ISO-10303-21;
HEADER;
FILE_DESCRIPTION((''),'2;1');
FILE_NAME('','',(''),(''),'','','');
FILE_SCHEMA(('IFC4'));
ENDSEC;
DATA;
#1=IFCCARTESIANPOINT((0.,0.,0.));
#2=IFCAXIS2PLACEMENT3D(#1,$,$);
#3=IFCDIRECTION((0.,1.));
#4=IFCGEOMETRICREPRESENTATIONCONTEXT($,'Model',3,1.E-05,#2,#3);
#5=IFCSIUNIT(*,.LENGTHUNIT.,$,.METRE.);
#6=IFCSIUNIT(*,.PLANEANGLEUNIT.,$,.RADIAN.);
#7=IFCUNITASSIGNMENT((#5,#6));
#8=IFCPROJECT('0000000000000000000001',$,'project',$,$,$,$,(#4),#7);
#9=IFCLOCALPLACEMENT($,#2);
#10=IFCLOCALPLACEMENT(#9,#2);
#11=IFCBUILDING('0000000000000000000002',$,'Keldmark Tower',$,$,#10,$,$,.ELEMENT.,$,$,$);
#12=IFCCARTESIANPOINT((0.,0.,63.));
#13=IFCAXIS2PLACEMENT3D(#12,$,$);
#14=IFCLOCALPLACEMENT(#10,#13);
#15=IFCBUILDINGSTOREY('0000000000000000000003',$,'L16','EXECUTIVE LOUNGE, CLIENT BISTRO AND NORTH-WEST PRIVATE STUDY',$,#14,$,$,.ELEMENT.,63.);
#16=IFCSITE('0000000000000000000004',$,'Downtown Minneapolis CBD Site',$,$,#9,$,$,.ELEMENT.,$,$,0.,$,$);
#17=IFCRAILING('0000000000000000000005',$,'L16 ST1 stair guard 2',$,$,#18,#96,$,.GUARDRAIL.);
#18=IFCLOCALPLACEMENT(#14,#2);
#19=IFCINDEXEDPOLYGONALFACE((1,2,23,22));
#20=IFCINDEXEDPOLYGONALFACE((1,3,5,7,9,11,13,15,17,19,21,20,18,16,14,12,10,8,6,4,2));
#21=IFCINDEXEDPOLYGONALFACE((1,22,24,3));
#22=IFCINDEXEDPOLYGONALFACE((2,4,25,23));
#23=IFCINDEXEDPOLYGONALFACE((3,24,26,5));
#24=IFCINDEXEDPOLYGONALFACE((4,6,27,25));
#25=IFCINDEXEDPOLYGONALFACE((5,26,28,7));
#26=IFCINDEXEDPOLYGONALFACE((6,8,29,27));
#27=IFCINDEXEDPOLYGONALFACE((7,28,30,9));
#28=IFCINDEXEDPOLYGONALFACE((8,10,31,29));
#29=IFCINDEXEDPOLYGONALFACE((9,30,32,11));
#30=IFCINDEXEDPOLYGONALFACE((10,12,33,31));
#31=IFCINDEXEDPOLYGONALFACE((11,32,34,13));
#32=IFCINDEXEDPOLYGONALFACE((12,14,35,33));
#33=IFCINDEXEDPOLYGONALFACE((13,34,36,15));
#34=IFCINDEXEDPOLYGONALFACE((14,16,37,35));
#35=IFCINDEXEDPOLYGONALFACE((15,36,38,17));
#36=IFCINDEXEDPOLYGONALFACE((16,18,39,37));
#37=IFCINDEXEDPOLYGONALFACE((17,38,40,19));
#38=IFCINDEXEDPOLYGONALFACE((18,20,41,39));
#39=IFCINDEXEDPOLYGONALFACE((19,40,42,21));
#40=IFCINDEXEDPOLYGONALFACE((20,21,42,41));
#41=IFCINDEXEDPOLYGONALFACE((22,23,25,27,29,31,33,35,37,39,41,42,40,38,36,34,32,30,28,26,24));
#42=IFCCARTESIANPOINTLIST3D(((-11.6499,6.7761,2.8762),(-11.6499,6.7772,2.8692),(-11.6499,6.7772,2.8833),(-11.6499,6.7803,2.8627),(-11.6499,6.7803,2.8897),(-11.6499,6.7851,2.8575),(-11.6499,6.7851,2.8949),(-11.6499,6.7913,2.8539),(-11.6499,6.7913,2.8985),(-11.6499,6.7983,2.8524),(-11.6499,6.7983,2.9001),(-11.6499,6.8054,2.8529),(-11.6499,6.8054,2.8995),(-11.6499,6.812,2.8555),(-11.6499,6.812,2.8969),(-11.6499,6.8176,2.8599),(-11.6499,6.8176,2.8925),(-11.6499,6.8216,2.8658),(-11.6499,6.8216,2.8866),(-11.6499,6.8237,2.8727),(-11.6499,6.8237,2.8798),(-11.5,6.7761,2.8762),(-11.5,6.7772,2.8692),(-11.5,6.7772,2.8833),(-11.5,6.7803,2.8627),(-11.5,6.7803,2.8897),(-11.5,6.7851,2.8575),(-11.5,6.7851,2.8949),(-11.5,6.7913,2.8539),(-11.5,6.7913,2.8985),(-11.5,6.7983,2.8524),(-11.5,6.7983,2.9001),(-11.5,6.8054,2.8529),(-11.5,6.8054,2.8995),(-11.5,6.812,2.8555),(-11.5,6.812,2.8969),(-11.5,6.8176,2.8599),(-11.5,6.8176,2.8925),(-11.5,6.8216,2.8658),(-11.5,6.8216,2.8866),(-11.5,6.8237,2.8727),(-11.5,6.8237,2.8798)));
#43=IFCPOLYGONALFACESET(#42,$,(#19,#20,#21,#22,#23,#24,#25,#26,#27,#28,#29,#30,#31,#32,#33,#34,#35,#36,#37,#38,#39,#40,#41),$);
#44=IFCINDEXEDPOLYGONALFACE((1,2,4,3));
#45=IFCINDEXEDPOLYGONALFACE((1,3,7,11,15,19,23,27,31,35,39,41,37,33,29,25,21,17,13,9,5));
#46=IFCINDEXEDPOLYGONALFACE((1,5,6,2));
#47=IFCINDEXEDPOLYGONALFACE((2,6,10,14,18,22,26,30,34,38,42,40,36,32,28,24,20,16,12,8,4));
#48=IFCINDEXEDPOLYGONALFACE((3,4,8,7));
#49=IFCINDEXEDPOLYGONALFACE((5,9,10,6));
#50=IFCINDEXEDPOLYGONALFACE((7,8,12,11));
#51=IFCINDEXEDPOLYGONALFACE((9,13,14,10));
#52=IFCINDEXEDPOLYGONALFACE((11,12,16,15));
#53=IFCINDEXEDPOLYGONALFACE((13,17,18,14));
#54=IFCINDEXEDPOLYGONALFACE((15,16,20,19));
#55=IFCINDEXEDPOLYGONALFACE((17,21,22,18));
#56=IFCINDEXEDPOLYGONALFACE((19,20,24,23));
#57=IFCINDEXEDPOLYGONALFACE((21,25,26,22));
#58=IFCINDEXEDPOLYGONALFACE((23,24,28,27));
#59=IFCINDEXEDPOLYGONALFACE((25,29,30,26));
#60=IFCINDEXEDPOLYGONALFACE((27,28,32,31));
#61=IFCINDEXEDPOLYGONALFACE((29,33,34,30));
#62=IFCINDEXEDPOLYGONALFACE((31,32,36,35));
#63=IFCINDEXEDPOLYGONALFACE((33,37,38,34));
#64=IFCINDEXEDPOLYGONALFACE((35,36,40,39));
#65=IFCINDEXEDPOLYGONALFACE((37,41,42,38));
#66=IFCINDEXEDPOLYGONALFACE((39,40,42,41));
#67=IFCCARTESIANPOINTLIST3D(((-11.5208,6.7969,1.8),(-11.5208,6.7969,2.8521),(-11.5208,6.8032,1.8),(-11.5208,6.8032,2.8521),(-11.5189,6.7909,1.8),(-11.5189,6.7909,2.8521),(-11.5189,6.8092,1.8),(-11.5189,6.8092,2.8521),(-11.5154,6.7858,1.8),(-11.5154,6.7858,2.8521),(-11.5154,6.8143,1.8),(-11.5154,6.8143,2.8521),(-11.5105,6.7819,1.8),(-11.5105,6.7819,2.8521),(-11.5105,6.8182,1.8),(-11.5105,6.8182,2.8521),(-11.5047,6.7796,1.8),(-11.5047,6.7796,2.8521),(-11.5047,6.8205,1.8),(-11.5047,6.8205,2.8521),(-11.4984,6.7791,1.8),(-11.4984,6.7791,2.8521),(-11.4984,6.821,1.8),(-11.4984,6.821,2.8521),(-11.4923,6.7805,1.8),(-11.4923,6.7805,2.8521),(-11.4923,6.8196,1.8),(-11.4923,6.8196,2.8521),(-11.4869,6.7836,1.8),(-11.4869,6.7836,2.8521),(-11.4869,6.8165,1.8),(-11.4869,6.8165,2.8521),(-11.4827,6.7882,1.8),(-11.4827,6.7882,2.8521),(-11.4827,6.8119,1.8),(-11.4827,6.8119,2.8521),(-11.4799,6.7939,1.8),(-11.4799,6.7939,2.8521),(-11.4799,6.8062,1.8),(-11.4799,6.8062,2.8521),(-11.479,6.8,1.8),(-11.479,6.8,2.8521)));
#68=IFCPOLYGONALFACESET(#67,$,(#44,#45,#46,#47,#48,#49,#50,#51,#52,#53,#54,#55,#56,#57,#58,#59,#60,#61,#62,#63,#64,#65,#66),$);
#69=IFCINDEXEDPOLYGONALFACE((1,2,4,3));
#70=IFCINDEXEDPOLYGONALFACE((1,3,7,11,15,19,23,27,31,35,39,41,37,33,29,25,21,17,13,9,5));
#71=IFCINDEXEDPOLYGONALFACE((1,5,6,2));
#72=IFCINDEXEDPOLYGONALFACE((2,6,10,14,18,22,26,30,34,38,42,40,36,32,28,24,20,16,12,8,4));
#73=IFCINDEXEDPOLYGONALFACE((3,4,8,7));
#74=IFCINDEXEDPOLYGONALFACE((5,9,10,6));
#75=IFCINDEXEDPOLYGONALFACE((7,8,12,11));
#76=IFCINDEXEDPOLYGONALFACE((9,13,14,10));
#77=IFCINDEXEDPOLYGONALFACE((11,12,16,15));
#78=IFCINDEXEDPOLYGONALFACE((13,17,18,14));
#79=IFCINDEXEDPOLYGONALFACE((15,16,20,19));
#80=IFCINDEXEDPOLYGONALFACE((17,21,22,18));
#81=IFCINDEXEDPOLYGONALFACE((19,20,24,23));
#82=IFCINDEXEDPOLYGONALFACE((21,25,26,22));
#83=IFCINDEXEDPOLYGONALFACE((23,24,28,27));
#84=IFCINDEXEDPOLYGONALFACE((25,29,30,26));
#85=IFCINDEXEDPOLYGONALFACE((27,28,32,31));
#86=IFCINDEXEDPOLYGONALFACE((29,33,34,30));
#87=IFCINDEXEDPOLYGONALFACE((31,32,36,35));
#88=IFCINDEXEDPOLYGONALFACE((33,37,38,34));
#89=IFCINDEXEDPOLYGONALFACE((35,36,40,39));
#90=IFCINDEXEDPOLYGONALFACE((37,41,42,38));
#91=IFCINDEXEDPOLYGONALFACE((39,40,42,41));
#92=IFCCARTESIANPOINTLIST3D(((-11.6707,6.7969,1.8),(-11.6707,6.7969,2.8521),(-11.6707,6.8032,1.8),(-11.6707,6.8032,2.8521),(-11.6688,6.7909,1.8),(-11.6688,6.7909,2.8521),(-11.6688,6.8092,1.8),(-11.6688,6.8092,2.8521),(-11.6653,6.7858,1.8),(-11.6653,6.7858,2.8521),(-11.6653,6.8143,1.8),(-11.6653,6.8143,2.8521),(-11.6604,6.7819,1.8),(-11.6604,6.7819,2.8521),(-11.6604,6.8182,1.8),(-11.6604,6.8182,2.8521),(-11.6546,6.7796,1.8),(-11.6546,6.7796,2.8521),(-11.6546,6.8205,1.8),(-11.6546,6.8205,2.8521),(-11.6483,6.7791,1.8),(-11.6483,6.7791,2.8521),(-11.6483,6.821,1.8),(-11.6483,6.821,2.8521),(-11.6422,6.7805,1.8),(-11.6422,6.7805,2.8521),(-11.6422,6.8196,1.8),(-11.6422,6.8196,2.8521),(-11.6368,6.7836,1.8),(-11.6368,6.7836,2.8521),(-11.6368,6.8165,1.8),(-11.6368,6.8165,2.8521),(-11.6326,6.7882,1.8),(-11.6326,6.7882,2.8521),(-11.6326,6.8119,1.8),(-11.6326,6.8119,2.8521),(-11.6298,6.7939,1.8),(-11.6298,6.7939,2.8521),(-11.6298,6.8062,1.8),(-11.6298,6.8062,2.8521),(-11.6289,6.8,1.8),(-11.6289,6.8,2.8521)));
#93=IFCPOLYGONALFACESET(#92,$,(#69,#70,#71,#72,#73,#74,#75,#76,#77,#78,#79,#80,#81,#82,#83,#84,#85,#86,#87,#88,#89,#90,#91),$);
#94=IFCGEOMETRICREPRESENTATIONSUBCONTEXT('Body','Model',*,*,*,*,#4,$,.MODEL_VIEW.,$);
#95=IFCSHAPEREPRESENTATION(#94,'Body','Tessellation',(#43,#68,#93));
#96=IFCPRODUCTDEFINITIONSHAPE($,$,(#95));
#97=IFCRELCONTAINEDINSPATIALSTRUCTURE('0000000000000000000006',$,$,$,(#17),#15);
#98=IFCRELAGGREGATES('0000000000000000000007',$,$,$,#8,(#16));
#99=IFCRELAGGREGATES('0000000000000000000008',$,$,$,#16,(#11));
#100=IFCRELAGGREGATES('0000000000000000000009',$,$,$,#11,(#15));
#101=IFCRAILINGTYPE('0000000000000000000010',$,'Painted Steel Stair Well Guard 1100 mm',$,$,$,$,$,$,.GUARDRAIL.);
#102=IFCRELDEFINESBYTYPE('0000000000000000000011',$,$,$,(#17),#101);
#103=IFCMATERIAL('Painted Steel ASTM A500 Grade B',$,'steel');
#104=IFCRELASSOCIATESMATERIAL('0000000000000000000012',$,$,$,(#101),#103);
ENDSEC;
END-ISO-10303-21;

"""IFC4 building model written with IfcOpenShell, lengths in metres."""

from ifc_helpers import new_model, si_unit, direction, frame, origin, origin_2d, place, context, subcontext, project, spatial, circle, extrude, material, type_object, element, save


model = new_model("IFC4")

# Units and contexts
model_context = context("Model", 3, precision=1e-05, world=origin(), true_north=direction((0.0, 1.0)))
body_context = subcontext(model_context, "Body", "Model", "MODEL_VIEW")
ifc_project = project(units=[si_unit("LENGTHUNIT", "METRE"), si_unit("PLANEANGLEUNIT", "RADIAN")], contexts=[model_context])

# Site, building, storey
site_placement = place(None, origin())
site = spatial("IfcSite", under=ifc_project, at=site_placement, Name="Downtown Minneapolis CBD Site", CompositionType="ELEMENT", RefElevation=0.0)
building_placement = place(site_placement, origin())
building = spatial("IfcBuilding", under=site, at=building_placement, Name="Keldmark Tower", CompositionType="ELEMENT")
storey_placement = place(building_placement, frame((0.0, 0.0, 63.0)))
storey = spatial("IfcBuildingStorey", under=building, at=storey_placement, Name="L16", Description="EXECUTIVE LOUNGE, CLIENT BISTRO AND NORTH-WEST PRIVATE STUDY", CompositionType="ELEMENT", Elevation=63.0)

# Railing
ifc_material_1 = material(Name="Painted Steel ASTM A500 Grade B", Category="steel")
railing_type_1 = type_object("IfcRailingType", Name="Painted Steel Stair Well Guard 1100 mm", PredefinedType="GUARDRAIL", material=ifc_material_1)
railing_1_placement = place(storey_placement, frame((-11.5, 6.8, 1.8)))
element("IfcRailing", 1, at=railing_1_placement, inside=storey, type_object=railing_type_1, Name="L16 ST1 stair guard 2", PredefinedType="GUARDRAIL", context=body_context, shape_type="SweptSolid", body=[
    extrude(circle(Radius=0.0239, at=origin_2d()), frame((0.0, 0.0, 1.0762), z_axis=(-1.0, 0.0, 0.0), x_axis=(0.0, -1.0, 0.0)), (0.0, 0.0, 1.0), 0.1499),
    extrude(circle(Radius=0.021, at=origin_2d()), origin(), (0.0, 0.0, 1.0), 1.052),
    extrude(circle(Radius=0.021, at=origin_2d()), frame((-0.1499, 0.0, 0.0)), (0.0, 0.0, 1.0), 1.052),
])

save(model, "model.ifc")
